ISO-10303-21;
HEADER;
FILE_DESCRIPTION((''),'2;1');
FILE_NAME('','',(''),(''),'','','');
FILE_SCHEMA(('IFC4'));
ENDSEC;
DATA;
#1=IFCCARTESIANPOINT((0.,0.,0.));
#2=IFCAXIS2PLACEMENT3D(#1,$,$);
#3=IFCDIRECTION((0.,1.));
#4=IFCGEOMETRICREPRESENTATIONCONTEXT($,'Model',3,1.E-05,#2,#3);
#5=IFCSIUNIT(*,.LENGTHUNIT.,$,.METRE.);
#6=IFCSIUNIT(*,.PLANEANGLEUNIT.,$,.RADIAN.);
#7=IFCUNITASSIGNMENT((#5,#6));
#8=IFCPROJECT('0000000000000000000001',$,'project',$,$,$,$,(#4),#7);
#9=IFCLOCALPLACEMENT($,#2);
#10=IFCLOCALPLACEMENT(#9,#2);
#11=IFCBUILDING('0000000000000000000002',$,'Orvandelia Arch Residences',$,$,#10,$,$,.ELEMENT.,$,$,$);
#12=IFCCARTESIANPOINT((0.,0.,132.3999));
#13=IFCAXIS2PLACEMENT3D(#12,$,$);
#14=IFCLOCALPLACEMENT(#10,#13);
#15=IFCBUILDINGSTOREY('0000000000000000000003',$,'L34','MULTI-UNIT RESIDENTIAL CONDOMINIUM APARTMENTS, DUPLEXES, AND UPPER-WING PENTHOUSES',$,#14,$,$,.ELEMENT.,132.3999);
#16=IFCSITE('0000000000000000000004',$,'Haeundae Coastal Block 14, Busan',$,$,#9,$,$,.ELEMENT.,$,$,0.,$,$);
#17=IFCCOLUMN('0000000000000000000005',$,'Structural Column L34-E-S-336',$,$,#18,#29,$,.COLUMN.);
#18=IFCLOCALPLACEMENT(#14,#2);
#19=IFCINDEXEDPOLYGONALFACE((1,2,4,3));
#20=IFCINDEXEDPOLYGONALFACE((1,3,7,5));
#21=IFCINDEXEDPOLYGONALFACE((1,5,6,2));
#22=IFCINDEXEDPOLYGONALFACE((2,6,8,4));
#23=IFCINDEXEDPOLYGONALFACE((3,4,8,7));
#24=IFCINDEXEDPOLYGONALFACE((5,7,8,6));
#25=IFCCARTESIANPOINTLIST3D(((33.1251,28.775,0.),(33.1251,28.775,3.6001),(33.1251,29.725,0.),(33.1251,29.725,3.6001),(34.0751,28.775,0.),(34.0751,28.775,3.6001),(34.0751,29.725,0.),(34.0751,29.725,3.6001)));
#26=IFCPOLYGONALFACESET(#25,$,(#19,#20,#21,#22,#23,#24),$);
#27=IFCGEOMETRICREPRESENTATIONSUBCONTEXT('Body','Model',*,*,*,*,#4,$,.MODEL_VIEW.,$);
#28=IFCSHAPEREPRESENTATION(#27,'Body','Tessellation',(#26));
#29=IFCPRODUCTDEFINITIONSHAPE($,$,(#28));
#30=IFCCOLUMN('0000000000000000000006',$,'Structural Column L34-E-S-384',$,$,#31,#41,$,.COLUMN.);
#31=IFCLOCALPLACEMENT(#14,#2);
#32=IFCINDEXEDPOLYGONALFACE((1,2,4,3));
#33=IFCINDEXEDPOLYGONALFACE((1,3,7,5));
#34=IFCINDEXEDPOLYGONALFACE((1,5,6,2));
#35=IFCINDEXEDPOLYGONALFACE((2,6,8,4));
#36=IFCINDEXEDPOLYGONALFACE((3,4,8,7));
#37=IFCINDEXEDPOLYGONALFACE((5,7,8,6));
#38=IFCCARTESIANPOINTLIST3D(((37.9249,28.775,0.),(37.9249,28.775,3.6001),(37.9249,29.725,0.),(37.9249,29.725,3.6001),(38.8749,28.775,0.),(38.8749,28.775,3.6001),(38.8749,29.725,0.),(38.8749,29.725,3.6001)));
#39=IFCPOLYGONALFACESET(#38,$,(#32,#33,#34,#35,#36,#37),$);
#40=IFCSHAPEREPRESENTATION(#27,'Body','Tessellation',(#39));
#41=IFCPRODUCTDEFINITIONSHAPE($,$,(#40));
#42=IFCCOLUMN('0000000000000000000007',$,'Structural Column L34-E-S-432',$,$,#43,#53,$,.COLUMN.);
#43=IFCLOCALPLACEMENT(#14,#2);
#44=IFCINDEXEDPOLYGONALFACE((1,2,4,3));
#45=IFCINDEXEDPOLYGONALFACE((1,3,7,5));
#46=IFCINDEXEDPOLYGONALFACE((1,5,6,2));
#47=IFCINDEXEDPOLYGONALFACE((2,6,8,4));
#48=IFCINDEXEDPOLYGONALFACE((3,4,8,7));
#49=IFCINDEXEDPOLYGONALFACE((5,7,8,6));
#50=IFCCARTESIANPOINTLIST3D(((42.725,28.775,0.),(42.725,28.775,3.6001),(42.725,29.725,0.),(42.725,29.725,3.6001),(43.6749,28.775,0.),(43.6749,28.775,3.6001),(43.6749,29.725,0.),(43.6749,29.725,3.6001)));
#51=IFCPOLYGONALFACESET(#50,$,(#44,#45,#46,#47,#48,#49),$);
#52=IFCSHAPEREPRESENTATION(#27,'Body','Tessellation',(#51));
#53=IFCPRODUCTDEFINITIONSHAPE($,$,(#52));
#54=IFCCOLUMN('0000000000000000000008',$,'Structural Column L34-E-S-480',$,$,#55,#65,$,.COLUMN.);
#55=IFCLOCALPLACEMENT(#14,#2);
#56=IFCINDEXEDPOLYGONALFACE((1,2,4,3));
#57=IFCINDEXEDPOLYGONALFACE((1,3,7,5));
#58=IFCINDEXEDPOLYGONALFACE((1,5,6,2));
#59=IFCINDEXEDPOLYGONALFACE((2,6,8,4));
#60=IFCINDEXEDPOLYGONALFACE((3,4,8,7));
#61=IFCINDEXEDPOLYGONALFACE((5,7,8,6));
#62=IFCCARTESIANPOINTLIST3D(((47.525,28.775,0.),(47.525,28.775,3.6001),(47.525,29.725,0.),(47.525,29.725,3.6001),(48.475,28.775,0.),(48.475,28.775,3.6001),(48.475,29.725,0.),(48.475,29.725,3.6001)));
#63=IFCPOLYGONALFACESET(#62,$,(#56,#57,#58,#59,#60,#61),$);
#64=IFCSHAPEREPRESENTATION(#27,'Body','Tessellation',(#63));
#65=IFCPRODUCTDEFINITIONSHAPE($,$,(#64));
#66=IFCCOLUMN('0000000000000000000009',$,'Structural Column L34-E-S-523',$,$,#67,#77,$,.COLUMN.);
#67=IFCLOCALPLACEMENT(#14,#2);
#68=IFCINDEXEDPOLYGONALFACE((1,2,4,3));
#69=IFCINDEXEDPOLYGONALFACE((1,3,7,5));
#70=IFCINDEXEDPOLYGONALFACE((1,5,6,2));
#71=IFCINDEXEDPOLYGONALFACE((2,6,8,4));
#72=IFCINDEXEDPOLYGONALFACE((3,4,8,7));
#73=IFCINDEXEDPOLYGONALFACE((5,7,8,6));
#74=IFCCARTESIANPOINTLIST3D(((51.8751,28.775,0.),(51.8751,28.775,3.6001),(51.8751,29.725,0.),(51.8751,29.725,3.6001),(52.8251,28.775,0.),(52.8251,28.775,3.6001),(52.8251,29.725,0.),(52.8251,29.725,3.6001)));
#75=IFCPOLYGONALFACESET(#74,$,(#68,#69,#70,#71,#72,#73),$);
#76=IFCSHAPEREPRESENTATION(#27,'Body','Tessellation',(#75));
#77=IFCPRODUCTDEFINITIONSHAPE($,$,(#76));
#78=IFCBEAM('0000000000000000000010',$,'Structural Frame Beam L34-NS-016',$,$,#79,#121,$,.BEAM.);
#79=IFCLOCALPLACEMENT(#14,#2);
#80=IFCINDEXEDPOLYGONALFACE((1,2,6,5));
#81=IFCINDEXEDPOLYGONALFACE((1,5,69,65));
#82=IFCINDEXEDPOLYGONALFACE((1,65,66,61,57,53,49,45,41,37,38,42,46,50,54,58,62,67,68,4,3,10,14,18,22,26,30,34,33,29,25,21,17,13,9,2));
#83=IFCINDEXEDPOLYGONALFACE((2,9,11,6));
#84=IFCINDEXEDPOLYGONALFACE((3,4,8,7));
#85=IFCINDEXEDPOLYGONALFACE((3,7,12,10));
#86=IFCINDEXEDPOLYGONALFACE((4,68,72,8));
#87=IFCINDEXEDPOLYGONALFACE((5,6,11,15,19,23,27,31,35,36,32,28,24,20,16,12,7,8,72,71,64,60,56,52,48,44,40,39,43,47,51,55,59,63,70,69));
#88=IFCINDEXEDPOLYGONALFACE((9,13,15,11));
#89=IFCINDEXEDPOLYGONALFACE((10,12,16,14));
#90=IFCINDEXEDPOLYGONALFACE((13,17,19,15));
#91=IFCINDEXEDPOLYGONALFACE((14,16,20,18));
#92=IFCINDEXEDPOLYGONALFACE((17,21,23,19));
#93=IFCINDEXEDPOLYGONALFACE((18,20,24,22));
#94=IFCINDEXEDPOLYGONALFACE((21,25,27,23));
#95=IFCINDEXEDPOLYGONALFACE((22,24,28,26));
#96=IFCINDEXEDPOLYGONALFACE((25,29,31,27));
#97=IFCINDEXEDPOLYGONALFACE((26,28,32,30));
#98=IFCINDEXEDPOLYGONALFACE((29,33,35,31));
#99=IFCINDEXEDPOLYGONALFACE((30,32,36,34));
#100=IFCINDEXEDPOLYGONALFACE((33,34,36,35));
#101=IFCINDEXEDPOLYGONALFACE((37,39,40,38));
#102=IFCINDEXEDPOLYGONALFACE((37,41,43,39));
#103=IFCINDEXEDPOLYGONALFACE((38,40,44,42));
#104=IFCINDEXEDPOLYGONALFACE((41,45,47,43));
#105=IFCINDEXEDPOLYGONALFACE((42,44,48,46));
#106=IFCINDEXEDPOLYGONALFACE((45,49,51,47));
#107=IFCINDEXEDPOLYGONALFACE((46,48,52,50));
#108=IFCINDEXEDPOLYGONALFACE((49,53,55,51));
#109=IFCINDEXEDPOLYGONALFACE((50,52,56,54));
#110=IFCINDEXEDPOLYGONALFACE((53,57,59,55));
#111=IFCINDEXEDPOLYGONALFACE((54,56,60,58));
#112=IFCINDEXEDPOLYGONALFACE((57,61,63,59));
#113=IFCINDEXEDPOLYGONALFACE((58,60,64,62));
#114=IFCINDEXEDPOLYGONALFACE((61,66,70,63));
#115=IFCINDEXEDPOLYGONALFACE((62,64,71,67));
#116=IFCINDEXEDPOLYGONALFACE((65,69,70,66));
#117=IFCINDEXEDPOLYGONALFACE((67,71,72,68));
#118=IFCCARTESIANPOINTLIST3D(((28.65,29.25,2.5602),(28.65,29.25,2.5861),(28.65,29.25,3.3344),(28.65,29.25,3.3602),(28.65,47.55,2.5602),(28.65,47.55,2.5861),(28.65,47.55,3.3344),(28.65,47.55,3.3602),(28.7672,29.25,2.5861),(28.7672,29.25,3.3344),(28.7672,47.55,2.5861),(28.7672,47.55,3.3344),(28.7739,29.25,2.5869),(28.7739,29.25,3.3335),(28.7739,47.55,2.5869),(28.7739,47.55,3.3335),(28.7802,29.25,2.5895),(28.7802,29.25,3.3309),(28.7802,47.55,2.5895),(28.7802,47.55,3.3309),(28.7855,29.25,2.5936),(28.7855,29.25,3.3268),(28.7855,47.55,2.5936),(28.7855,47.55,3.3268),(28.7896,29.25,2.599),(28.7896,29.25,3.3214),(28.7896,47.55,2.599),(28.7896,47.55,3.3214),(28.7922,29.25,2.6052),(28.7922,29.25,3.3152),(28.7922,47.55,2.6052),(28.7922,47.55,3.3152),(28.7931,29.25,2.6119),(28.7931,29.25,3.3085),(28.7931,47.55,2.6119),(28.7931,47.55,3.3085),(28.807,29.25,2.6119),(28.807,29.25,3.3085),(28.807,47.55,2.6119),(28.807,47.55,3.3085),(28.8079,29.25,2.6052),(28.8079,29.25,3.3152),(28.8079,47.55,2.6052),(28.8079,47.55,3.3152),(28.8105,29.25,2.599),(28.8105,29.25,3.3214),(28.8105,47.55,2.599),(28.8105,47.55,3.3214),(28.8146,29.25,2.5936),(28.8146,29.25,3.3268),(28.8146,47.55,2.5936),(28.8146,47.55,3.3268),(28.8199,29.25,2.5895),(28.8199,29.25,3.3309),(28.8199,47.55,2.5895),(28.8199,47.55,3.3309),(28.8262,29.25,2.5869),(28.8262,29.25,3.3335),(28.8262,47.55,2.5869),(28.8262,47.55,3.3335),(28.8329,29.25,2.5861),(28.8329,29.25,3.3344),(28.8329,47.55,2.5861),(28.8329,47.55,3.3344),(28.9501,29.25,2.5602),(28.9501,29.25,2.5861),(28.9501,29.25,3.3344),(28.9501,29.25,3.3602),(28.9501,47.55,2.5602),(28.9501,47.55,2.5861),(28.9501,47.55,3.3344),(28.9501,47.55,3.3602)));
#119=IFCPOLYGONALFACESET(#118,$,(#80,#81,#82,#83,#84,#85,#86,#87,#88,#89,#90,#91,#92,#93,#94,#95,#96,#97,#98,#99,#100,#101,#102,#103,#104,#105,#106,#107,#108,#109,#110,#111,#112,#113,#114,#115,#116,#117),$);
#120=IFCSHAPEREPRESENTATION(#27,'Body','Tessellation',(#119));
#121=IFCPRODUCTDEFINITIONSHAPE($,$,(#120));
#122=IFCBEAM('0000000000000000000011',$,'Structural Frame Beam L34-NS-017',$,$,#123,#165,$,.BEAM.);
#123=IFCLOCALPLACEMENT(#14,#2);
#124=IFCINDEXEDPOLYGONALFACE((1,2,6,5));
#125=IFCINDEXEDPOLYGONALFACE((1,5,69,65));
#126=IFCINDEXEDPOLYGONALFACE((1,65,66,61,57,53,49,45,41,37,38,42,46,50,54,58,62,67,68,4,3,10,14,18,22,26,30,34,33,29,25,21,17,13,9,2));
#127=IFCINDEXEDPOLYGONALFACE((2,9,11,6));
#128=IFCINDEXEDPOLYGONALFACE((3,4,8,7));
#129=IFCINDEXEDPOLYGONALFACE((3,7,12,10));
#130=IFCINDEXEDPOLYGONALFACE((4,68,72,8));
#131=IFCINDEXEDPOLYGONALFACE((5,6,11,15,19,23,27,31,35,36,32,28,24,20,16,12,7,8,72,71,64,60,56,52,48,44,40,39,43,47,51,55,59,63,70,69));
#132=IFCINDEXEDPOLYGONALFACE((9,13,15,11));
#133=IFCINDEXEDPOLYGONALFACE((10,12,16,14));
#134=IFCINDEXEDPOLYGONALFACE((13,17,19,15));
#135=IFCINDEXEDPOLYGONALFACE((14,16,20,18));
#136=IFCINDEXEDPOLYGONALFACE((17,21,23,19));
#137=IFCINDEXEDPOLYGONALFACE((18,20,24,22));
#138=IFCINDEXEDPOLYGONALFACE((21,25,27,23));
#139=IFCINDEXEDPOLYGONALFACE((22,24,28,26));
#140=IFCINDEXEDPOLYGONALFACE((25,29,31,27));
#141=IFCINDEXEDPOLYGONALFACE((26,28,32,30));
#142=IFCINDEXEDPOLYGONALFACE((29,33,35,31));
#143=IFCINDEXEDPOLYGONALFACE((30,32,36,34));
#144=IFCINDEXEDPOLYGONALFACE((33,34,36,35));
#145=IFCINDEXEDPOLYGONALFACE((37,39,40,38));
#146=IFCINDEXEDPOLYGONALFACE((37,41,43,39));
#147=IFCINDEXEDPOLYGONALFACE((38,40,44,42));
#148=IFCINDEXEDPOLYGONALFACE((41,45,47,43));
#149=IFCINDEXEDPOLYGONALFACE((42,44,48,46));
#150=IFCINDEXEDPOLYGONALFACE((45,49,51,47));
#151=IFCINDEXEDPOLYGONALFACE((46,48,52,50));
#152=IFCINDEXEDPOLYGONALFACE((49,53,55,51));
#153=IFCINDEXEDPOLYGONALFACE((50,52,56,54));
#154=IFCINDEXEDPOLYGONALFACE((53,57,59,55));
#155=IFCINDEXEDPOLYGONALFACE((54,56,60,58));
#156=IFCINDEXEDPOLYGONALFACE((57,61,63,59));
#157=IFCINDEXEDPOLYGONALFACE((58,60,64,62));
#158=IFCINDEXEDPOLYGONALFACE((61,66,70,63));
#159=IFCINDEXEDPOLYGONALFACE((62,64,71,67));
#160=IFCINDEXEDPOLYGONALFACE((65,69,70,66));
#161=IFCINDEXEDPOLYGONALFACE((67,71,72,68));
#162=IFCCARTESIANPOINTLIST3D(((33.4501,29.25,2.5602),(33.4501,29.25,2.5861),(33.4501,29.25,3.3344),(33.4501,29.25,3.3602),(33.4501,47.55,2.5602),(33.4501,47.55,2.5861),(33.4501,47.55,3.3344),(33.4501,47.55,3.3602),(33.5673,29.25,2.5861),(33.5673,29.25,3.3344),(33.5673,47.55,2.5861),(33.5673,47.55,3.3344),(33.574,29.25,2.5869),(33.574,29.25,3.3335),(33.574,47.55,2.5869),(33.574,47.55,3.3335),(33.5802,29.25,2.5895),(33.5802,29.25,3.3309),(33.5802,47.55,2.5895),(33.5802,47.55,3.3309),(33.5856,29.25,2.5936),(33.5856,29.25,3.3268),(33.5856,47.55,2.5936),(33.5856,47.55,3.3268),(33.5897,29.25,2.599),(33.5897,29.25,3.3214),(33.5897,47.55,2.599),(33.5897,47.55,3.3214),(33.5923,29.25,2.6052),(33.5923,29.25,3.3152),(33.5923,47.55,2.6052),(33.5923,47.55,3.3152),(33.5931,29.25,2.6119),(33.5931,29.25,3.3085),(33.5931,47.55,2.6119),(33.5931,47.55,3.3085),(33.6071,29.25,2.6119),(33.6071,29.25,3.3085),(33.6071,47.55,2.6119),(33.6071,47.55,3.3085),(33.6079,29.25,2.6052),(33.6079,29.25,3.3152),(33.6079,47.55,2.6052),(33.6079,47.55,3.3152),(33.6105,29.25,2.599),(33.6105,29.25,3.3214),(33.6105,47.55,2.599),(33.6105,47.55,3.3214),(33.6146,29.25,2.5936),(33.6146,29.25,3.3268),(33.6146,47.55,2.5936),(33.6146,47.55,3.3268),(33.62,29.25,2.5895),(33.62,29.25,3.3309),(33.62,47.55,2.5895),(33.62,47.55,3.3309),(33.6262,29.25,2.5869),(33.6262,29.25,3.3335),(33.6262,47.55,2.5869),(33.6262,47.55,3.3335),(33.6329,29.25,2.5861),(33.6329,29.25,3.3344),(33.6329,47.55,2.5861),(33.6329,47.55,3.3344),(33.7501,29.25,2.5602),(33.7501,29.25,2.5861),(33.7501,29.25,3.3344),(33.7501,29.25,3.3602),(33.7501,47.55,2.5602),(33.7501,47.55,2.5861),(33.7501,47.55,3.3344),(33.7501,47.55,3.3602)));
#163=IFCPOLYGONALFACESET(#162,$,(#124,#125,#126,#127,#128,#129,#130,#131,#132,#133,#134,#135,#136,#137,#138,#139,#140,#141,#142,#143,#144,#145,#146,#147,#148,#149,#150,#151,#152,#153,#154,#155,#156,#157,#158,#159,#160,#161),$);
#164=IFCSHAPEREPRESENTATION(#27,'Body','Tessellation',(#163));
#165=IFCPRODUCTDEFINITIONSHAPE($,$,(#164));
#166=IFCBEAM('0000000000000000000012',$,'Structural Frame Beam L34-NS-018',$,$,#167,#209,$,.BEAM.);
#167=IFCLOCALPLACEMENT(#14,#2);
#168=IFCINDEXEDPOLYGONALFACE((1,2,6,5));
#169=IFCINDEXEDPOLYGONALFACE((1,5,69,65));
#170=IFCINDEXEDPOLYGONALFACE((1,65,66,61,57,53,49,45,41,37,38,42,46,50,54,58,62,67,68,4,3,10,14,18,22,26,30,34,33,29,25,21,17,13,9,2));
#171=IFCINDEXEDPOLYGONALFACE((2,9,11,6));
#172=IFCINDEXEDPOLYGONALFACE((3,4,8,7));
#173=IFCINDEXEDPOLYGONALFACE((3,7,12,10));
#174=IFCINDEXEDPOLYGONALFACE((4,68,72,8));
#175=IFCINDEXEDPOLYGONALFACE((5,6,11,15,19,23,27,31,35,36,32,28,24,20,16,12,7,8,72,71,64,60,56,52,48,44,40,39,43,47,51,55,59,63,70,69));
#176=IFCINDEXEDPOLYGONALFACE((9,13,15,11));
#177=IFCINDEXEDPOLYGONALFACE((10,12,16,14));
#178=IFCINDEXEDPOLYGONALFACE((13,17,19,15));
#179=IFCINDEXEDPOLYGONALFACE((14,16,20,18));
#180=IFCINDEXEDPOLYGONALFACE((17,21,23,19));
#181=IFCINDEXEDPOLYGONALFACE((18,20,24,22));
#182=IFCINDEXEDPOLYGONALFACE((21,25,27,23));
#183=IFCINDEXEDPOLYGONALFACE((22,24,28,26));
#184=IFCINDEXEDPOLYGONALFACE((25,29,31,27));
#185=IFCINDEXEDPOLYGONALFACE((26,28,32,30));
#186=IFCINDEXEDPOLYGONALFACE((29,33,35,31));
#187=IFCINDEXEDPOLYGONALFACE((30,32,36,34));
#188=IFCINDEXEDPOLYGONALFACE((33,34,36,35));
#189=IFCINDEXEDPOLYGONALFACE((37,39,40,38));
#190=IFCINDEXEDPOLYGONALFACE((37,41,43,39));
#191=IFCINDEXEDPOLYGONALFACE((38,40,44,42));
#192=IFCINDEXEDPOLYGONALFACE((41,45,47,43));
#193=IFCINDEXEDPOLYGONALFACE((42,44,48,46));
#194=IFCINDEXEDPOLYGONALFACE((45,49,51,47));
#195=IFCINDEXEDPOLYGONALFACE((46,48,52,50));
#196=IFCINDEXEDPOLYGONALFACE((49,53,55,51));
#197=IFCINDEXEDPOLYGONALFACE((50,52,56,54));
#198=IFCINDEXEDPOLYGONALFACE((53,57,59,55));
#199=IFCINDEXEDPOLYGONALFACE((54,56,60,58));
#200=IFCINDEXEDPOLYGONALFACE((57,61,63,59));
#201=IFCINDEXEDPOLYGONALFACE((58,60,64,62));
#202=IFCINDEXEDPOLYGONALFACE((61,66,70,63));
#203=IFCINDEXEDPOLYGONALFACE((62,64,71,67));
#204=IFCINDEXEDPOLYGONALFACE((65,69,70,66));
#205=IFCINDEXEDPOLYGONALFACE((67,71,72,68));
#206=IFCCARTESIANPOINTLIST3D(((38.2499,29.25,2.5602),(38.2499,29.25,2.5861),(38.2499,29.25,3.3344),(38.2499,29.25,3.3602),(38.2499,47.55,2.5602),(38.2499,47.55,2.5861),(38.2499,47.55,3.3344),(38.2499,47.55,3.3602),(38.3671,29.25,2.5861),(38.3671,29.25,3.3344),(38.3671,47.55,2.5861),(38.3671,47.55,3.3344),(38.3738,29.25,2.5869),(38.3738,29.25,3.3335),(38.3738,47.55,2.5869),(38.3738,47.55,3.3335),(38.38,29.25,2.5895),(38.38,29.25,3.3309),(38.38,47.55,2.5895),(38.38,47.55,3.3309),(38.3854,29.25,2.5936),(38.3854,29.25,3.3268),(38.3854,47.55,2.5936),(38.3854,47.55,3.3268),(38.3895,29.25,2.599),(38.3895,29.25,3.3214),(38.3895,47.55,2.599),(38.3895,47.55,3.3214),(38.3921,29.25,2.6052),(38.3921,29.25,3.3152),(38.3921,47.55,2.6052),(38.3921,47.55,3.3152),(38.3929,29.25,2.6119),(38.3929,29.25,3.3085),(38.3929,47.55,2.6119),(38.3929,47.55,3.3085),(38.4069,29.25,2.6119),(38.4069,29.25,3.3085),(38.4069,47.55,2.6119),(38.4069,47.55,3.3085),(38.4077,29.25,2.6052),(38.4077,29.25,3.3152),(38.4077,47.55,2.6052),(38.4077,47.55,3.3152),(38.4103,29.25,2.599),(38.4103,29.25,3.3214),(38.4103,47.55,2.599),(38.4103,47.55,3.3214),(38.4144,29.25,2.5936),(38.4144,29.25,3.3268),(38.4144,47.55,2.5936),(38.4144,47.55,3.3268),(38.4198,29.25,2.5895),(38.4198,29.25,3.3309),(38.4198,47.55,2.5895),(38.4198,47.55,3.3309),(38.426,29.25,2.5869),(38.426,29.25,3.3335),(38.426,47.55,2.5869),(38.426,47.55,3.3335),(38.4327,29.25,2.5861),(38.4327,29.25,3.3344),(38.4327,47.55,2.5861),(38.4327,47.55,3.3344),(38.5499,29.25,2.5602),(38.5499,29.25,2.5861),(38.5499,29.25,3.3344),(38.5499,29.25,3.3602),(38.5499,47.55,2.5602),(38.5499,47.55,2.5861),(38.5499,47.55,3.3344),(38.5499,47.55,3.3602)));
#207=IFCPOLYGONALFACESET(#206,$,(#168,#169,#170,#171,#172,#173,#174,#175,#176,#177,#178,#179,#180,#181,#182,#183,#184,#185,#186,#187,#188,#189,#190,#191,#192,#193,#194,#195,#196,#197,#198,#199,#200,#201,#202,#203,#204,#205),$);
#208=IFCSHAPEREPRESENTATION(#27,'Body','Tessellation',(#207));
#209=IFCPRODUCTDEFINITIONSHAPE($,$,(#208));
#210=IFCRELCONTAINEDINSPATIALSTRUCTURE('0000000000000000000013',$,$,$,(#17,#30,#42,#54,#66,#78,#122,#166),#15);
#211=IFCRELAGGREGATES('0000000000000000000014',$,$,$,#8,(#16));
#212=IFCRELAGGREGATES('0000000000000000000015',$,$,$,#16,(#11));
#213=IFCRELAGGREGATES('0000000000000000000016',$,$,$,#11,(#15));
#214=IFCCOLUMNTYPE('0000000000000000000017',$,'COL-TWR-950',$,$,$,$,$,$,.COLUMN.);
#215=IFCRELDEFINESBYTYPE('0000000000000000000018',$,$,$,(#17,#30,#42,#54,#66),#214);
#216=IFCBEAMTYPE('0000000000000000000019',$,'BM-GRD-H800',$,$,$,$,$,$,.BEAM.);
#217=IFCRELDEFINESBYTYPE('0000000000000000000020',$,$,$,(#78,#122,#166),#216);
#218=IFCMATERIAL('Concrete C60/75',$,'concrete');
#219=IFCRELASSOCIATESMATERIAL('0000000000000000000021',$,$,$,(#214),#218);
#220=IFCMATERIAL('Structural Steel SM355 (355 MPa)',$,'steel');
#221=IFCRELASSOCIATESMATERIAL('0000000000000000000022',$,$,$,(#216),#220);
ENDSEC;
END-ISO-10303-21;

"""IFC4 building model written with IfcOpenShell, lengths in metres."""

from ifc_helpers import new_model, si_unit, direction, frame, origin, origin_2d, place, context, subcontext, project, spatial, rectangle, i_section, extrude, material, material_profile, profile_set, type_object, element, save


model = new_model("IFC4")

# Units and contexts
model_context = context("Model", 3, precision=1e-05, world=origin(), true_north=direction((0.0, 1.0)))
body_context = subcontext(model_context, "Body", "Model", "MODEL_VIEW")
ifc_project = project(units=[si_unit("LENGTHUNIT", "METRE"), si_unit("PLANEANGLEUNIT", "RADIAN")], contexts=[model_context])

# Site, building, storey
site_placement = place(None, origin())
site = spatial("IfcSite", under=ifc_project, at=site_placement, Name="Haeundae Coastal Block 14, Busan", CompositionType="ELEMENT", RefElevation=0.0)
building_placement = place(site_placement, origin())
building = spatial("IfcBuilding", under=site, at=building_placement, Name="Orvandelia Arch Residences", CompositionType="ELEMENT")
storey_placement = place(building_placement, frame((0.0, 0.0, 132.3999)))
storey = spatial("IfcBuildingStorey", under=building, at=storey_placement, Name="L34", Description="MULTI-UNIT RESIDENTIAL CONDOMINIUM APARTMENTS, DUPLEXES, AND UPPER-WING PENTHOUSES", CompositionType="ELEMENT", Elevation=132.3999)

# Columns
ifc_material_1 = material(Name="Concrete C60/75", Category="concrete")
ifc_material_profile_1 = material_profile(ifc_material_1, rectangle(XDim=0.95, YDim=0.95, at=origin_2d()), Name="Concrete C60/75", Category="concrete")
ifc_profile_set_1 = profile_set([ifc_material_profile_1], Name="Concrete C60/75")
column_type = type_object("IfcColumnType", Name="COL-TWR-950", PredefinedType="COLUMN", material=ifc_profile_set_1)
for number, where, z_axis, x_axis, name in (
    (1, (33.6001, 29.25, 0.0), (0.0, 0.0, 1.0), (1.0, 0.0, 0.0), "Structural Column L34-E-S-336"),
    (2, (38.3999, 29.25, 0.0), (0.0, 0.0, 1.0), (1.0, 0.0, 0.0), "Structural Column L34-E-S-384"),
    (3, (43.2, 29.25, 0.0), (0.0, 0.0, 1.0), (1.0, 0.0, 0.0), "Structural Column L34-E-S-432"),
    (4, (48.0, 29.25, 0.0), (0.0, 0.0, 1.0), (1.0, 0.0, 0.0), "Structural Column L34-E-S-480"),
    (5, (52.3501, 29.25, 0.0), (0.0, 0.0, 1.0), (1.0, 0.0, 0.0), "Structural Column L34-E-S-523"),
):
    element("IfcColumn", number, at=place(storey_placement, frame(where, z_axis=z_axis, x_axis=x_axis)), inside=storey, type_object=column_type, Name=name, PredefinedType="COLUMN", context=body_context, shape_type="SweptSolid", body=[
        extrude(rectangle(XDim=0.95, YDim=0.95, at=origin_2d()), origin(), (0.0, 0.0, 1.0), 3.6001),
    ])

# Beams
ifc_material_2 = material(Name="Structural Steel SM355 (355 MPa)", Category="steel")
ifc_material_profile_2 = material_profile(ifc_material_2, i_section(OverallWidth=0.3, OverallDepth=0.8, WebThickness=0.0139, FlangeThickness=0.0259, FilletRadius=0.0259, at=origin_2d()), Name="Structural Steel SM355 (355 MPa)", Category="steel")
ifc_profile_set_2 = profile_set([ifc_material_profile_2], Name="Structural Steel SM355 (355 MPa)")
beam_type = type_object("IfcBeamType", Name="BM-GRD-H800", PredefinedType="BEAM", material=ifc_profile_set_2)
for number, where, z_axis, x_axis, name in (
    (6, (28.8, 29.25, 2.9602), (0.0, 1.0, 0.0), (-1.0, 0.0, 0.0), "Structural Frame Beam L34-NS-016"),
    (7, (33.6001, 29.25, 2.9602), (0.0, 1.0, 0.0), (-1.0, 0.0, 0.0), "Structural Frame Beam L34-NS-017"),
    (8, (38.3999, 29.25, 2.9602), (0.0, 1.0, 0.0), (-1.0, 0.0, 0.0), "Structural Frame Beam L34-NS-018"),
):
    element("IfcBeam", number, at=place(storey_placement, frame(where, z_axis=z_axis, x_axis=x_axis)), inside=storey, type_object=beam_type, Name=name, PredefinedType="BEAM", context=body_context, shape_type="SweptSolid", body=[
        extrude(i_section(OverallWidth=0.3, OverallDepth=0.8, WebThickness=0.0139, FlangeThickness=0.0259, FilletRadius=0.0259, at=origin_2d()), origin(), (0.0, 0.0, 1.0), 18.3),
    ])

save(model, "model.ifc")
